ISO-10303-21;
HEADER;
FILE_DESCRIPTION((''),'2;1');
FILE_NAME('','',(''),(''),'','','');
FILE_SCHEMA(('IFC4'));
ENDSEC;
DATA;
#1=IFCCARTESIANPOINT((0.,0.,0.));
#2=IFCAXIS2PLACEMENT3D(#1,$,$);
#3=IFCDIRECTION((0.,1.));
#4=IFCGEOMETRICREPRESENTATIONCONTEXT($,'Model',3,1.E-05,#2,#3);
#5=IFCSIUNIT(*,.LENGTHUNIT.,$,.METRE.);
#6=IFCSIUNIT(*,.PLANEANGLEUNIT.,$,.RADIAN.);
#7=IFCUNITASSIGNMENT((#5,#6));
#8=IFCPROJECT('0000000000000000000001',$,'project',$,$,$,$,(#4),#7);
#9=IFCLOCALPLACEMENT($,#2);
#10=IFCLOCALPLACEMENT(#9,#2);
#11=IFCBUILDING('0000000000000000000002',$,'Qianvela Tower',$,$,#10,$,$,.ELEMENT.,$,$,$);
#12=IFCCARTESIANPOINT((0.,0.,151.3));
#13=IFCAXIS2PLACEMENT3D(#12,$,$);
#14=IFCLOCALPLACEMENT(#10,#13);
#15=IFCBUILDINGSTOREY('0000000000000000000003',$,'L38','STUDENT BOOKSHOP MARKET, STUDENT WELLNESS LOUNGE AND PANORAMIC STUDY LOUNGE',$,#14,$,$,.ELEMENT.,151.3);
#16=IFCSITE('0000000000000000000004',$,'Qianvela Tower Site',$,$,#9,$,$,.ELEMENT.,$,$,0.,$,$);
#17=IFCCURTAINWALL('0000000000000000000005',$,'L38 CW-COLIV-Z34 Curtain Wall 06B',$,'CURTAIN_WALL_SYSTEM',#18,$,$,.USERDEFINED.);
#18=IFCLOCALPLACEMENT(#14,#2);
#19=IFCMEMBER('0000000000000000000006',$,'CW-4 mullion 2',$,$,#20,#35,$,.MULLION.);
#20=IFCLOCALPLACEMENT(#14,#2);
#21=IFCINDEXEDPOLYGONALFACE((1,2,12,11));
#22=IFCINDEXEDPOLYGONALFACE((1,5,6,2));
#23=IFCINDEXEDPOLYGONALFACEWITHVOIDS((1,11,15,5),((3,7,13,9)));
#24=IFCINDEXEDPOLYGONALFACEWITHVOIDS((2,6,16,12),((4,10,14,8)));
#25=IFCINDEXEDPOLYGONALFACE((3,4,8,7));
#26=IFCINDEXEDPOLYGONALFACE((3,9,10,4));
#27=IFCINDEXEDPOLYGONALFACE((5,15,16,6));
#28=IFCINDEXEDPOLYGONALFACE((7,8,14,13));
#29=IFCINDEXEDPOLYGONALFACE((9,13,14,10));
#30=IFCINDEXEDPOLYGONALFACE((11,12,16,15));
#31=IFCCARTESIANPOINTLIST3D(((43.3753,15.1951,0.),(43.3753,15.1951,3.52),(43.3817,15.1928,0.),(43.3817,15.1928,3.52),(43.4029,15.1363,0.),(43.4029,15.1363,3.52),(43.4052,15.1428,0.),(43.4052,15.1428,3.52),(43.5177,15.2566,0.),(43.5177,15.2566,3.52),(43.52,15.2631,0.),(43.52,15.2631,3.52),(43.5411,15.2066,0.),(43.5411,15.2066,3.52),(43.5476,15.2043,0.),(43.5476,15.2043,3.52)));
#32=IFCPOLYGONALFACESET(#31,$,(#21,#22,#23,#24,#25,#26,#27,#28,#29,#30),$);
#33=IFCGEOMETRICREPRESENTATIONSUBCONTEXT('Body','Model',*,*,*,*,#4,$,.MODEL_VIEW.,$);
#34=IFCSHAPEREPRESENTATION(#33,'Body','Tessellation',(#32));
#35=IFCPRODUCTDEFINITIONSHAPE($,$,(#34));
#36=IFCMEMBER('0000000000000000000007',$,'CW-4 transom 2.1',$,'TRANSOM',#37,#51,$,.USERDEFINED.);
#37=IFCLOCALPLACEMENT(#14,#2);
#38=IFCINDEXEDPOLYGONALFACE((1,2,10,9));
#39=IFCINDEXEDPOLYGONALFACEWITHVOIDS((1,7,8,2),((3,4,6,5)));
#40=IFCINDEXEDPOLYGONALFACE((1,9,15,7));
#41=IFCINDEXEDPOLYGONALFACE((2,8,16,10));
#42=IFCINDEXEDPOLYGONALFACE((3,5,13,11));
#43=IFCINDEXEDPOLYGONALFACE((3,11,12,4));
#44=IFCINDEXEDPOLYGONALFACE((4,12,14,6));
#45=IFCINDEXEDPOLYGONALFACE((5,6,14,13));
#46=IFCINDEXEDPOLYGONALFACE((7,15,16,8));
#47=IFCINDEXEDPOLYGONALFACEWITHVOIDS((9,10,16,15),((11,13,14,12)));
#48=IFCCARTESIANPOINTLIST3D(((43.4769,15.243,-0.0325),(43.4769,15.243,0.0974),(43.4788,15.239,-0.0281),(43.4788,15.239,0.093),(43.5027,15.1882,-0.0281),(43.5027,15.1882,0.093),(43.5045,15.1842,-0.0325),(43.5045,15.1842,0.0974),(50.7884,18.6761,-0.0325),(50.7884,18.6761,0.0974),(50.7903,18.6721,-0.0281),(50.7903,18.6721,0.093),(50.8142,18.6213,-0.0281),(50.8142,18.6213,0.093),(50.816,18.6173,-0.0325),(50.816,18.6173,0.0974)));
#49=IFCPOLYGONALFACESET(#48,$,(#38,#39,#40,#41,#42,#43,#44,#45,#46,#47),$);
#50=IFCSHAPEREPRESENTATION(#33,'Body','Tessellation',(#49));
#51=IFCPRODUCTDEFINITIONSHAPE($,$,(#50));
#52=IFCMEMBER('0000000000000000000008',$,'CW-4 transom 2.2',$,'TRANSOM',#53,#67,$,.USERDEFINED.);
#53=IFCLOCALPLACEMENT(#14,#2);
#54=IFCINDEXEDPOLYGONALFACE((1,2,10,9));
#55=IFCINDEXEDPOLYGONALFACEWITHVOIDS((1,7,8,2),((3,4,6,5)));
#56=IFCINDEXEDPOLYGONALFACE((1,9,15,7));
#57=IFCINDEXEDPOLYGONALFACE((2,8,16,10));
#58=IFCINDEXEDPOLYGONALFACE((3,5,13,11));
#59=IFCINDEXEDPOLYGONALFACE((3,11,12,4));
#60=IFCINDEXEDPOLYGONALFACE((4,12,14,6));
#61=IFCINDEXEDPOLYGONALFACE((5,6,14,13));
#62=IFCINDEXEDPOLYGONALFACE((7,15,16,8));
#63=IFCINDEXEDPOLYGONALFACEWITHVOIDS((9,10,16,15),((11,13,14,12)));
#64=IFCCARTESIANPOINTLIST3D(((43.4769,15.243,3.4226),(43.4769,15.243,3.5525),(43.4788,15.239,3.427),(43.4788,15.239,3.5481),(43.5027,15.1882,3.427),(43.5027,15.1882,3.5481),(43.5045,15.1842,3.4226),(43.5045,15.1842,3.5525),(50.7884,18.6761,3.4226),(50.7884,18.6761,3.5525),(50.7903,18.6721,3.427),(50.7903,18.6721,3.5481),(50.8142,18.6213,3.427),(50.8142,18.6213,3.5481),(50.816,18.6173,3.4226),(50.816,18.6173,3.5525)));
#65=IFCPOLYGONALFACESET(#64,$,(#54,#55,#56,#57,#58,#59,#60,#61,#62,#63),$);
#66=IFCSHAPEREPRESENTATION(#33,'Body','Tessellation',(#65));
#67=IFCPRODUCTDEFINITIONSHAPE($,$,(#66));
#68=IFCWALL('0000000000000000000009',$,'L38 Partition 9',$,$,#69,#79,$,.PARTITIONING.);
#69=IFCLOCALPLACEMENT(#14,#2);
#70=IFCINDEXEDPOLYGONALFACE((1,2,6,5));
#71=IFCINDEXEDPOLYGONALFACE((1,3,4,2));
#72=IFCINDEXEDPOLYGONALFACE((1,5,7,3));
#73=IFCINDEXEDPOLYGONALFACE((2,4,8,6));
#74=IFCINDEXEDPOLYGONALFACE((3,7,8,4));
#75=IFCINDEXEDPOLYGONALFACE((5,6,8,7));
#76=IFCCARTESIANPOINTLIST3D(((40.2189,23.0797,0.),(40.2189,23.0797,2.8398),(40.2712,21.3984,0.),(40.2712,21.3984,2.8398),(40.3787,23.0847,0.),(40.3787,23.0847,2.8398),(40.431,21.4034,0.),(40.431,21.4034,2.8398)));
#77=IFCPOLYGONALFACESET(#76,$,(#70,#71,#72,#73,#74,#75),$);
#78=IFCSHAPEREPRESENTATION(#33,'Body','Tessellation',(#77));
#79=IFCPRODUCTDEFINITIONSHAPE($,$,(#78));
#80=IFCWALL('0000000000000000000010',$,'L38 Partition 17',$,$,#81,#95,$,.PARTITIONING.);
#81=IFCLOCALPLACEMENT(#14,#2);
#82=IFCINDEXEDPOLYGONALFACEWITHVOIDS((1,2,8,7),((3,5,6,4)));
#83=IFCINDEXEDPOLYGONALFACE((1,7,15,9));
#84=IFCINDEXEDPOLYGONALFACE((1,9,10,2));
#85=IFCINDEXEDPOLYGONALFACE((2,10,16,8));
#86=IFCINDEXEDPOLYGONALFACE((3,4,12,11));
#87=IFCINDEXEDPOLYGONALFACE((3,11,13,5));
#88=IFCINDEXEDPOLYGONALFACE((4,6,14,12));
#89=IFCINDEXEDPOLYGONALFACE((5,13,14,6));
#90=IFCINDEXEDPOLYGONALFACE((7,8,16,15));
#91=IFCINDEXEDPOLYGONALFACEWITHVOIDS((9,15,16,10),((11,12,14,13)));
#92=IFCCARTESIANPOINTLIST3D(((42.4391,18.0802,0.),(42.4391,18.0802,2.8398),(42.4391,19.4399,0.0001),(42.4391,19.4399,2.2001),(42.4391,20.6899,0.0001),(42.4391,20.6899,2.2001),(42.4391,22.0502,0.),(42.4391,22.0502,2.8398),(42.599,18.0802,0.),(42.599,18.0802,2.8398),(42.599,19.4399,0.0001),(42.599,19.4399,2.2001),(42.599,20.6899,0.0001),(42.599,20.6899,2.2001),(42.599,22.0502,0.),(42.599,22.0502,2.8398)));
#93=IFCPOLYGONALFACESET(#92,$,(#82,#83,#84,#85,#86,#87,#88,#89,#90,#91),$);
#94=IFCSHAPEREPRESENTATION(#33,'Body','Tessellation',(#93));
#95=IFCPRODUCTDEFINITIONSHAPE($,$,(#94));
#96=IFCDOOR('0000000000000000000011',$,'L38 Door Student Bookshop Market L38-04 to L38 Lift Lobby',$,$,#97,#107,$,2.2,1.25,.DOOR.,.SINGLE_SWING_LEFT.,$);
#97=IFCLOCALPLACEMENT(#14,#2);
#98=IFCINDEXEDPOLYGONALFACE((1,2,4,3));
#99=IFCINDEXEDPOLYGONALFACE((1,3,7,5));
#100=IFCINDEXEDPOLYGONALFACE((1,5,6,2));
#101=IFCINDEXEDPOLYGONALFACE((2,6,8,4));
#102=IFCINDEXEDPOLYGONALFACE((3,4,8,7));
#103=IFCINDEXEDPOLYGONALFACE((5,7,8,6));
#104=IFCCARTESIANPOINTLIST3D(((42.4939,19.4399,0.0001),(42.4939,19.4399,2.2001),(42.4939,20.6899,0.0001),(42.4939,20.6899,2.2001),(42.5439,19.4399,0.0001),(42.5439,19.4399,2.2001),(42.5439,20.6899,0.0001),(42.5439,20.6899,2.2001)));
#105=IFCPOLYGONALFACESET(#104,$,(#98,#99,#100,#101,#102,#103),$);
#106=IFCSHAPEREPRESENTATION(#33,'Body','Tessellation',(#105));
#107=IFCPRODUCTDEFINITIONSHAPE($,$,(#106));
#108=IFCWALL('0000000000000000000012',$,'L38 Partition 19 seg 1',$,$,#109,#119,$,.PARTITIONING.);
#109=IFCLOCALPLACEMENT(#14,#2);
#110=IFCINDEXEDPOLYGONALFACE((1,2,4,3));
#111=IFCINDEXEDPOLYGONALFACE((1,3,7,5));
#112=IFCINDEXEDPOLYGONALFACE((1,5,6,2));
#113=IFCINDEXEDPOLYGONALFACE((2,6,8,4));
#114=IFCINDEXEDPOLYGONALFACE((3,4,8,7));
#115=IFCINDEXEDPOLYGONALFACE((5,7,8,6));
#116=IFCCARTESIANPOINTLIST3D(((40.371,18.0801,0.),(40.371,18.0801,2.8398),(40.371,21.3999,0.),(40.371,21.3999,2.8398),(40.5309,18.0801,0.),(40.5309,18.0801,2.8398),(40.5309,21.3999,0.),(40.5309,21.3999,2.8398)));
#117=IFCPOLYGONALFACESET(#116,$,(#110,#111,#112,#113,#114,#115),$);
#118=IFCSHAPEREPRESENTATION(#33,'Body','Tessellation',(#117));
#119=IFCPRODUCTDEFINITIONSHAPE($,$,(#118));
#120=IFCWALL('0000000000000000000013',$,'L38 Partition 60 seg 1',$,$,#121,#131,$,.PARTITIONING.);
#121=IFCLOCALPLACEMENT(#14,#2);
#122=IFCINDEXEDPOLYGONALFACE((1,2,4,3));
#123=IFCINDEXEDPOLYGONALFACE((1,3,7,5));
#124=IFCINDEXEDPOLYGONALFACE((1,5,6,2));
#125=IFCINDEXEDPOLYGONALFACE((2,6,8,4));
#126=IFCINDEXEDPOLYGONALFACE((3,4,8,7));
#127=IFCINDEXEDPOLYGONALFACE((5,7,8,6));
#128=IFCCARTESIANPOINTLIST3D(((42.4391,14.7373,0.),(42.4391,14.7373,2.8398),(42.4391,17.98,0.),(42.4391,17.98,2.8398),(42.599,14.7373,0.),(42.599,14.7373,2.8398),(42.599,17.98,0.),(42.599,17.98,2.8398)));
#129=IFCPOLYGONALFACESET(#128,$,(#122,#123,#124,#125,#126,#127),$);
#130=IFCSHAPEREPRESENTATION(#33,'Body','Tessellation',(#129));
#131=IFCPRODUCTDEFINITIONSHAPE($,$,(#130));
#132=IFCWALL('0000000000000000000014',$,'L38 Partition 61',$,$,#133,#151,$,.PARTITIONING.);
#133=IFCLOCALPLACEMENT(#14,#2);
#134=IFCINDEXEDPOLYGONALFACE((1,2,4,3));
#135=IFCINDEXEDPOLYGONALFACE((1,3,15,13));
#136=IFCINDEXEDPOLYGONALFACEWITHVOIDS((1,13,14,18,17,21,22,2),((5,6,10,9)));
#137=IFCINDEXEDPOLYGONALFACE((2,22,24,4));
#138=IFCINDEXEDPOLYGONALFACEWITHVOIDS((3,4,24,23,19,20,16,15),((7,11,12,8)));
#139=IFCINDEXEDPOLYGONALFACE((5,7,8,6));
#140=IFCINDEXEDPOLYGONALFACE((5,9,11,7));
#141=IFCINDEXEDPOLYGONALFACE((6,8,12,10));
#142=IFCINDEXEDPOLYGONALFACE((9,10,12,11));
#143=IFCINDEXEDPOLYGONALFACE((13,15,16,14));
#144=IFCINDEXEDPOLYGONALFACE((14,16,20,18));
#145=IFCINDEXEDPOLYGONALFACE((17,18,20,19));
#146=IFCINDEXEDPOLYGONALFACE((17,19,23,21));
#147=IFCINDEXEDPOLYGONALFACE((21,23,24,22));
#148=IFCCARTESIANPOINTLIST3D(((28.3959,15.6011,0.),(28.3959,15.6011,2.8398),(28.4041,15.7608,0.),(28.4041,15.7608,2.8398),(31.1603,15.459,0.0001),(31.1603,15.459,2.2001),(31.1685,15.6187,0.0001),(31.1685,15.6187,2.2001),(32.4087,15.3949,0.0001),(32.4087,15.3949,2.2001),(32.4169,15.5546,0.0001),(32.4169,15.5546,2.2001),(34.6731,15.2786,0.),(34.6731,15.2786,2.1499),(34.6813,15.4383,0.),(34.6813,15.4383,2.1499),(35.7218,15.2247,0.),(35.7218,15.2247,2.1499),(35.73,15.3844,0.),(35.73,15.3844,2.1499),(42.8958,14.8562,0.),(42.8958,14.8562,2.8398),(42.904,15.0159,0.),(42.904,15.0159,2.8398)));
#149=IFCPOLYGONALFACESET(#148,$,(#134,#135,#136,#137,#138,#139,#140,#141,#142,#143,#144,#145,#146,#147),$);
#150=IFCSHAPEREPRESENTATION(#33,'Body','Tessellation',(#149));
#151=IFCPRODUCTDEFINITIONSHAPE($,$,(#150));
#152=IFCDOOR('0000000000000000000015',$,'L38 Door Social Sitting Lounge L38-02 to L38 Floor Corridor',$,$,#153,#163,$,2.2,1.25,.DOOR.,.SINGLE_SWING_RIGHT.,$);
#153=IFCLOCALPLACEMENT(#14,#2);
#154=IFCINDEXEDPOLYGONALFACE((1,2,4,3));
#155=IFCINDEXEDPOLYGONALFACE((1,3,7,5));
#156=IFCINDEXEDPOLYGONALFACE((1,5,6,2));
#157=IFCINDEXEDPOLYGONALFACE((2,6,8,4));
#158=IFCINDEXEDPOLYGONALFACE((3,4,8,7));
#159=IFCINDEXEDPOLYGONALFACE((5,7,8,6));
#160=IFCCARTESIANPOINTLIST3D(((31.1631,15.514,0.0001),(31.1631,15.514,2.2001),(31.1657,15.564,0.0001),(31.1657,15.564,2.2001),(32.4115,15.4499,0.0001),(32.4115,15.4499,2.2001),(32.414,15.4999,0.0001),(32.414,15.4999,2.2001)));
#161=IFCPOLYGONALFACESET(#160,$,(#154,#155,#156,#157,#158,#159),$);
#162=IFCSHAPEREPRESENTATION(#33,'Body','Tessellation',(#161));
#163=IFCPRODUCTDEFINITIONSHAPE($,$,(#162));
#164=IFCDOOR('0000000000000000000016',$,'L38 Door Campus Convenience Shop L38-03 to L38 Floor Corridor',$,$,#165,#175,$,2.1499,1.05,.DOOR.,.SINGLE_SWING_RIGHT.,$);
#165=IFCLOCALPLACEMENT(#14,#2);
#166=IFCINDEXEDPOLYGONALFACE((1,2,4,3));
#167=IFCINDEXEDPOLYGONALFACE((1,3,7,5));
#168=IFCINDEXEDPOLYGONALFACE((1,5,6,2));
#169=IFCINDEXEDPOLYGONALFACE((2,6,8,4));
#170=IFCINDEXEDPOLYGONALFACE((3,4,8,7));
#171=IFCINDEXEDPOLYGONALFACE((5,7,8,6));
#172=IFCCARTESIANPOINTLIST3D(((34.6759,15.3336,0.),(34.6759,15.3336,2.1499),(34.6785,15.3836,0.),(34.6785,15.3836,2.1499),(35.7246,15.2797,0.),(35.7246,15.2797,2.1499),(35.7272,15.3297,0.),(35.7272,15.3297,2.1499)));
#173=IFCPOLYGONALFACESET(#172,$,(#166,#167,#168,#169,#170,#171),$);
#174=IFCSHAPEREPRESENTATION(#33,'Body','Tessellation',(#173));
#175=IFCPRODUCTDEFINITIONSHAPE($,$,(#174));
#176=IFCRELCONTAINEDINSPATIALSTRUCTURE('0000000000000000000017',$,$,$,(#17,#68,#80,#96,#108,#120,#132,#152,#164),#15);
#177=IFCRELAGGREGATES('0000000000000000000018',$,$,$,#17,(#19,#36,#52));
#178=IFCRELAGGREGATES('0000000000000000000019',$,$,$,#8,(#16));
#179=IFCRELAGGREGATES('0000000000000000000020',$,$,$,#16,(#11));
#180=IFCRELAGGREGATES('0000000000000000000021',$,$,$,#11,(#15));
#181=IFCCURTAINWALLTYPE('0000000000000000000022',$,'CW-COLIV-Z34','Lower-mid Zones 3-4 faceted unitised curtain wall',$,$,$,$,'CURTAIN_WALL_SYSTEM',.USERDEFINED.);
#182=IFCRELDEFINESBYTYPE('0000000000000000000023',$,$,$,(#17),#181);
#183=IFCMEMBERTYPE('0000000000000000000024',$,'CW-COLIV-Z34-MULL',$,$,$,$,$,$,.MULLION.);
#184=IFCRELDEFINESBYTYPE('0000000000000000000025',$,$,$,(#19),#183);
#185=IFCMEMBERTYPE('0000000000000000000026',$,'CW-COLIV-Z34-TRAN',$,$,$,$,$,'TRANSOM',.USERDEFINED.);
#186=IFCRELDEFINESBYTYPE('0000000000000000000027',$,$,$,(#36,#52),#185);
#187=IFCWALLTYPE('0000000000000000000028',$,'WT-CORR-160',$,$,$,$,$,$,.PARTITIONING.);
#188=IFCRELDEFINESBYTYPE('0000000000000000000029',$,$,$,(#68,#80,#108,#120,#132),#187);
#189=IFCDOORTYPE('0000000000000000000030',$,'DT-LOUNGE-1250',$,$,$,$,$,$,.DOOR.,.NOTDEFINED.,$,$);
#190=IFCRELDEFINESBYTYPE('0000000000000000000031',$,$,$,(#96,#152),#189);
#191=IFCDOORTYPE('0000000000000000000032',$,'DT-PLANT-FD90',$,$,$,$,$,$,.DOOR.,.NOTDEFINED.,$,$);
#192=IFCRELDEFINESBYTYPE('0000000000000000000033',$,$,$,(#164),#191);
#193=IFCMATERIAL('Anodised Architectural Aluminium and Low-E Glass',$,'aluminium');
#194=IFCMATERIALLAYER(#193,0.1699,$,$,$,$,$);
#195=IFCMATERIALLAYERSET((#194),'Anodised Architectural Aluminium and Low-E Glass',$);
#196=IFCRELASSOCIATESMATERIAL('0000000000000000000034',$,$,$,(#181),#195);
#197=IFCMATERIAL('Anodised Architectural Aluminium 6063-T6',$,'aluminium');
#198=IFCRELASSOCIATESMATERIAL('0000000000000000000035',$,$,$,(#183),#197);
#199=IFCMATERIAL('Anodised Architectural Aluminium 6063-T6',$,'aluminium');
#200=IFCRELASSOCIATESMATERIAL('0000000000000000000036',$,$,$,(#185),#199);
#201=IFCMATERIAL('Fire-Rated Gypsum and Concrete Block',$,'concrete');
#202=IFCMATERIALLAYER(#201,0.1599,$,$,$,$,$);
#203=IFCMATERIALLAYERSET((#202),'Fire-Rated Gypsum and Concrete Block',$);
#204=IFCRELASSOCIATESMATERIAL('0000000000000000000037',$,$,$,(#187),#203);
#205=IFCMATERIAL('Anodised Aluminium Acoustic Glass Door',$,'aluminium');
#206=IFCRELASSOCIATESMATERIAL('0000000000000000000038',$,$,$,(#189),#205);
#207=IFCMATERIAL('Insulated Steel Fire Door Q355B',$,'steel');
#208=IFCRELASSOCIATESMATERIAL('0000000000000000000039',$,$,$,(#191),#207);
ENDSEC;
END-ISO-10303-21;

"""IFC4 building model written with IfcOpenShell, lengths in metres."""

from ifc_helpers import new_model, si_unit, direction, frame, frame_2d, origin, origin_2d, place, context, subcontext, project, spatial, rectangle, hollow_rectangle, extrude, material, layer, layer_set, material_profile, profile_set, type_object, element, fill, aggregate, save


model = new_model("IFC4")

# Units and contexts
model_context = context("Model", 3, precision=1e-05, world=origin(), true_north=direction((0.0, 1.0)))
body_context = subcontext(model_context, "Body", "Model", "MODEL_VIEW")
ifc_project = project(units=[si_unit("LENGTHUNIT", "METRE"), si_unit("PLANEANGLEUNIT", "RADIAN")], contexts=[model_context])

# Site, building, storey
site_placement = place(None, origin())
site = spatial("IfcSite", under=ifc_project, at=site_placement, Name="Qianvela Tower Site", CompositionType="ELEMENT", RefElevation=0.0)
building_placement = place(site_placement, origin())
building = spatial("IfcBuilding", under=site, at=building_placement, Name="Qianvela Tower", CompositionType="ELEMENT")
storey_placement = place(building_placement, frame((0.0, 0.0, 151.3)))
storey = spatial("IfcBuildingStorey", under=building, at=storey_placement, Name="L38", Description="STUDENT BOOKSHOP MARKET, STUDENT WELLNESS LOUNGE AND PANORAMIC STUDY LOUNGE", CompositionType="ELEMENT", Elevation=151.3)

# Curtain wall, members
ifc_material_1 = material(Name="Anodised Architectural Aluminium and Low-E Glass", Category="aluminium")
ifc_layer_1 = layer(ifc_material_1, 0.1699)
ifc_layer_set_1 = layer_set([ifc_layer_1], Name="Anodised Architectural Aluminium and Low-E Glass")
curtain_wall_type = type_object("IfcCurtainWallType", Name="CW-COLIV-Z34", Description="Lower-mid Zones 3-4 faceted unitised curtain wall", ElementType="CURTAIN_WALL_SYSTEM", PredefinedType="USERDEFINED", material=ifc_layer_set_1)
curtain_wall_placement = place(storey_placement, origin())
curtain_wall = element("IfcCurtainWall", 1, at=curtain_wall_placement, inside=storey, type_object=curtain_wall_type, Name="L38 CW-COLIV-Z34 Curtain Wall 06B", ObjectType="CURTAIN_WALL_SYSTEM", PredefinedType="USERDEFINED")
ifc_material_2 = material(Name="Anodised Architectural Aluminium 6063-T6", Category="aluminium")
ifc_material_profile_1 = material_profile(ifc_material_2, hollow_rectangle(XDim=0.0649, YDim=0.1599, WallThickness=0.0049, at=origin_2d()), Name="ALU-MULL-65x160")
ifc_profile_set_1 = profile_set([ifc_material_profile_1], Name="Anodised Architectural Aluminium 6063-T6")
member_type_1 = type_object("IfcMemberType", Name="CW-COLIV-Z34-MULL", PredefinedType="MULLION", material=ifc_profile_set_1)
member_1_placement = place(storey_placement, frame((43.4614, 15.1997, 0.0), z_axis=(0.0, 0.0, 1.0), x_axis=(-0.425035, 0.905177, 0.0)))
member_1 = element("IfcMember", 2, at=member_1_placement, type_object=member_type_1, Name="CW-4 mullion 2", PredefinedType="MULLION", context=body_context, shape_type="SweptSolid", body=[
    extrude(hollow_rectangle(XDim=0.0649, YDim=0.1599, WallThickness=0.0049, at=origin_2d()), origin(), (0.0, 0.0, 1.0), 3.52),
])
ifc_material_3 = material(Name="Anodised Architectural Aluminium 6063-T6", Category="aluminium")
ifc_material_profile_2 = material_profile(ifc_material_3, hollow_rectangle(XDim=0.0649, YDim=0.1299, WallThickness=0.0044, at=origin_2d()), Name="ALU-TRAN-65x130")
ifc_profile_set_2 = profile_set([ifc_material_profile_2], Name="Anodised Architectural Aluminium 6063-T6")
member_type_2 = type_object("IfcMemberType", Name="CW-COLIV-Z34-TRAN", ElementType="TRANSOM", PredefinedType="USERDEFINED", material=ifc_profile_set_2)
member_2_placement = place(storey_placement, frame((43.4907, 15.2136, 0.0325), z_axis=(0.905181, 0.425025, 0.0), x_axis=(-0.425025, 0.905181, 0.0)))
member_2 = element("IfcMember", 3, at=member_2_placement, type_object=member_type_2, Name="CW-4 transom 2.1", ObjectType="TRANSOM", PredefinedType="USERDEFINED", context=body_context, shape_type="SweptSolid", body=[
    extrude(hollow_rectangle(XDim=0.0649, YDim=0.1299, WallThickness=0.0044, at=origin_2d()), origin(), (0.0, 0.0, 1.0), 8.0774),
])
member_3_placement = place(storey_placement, frame((43.4907, 15.2136, 3.4875), z_axis=(0.905181, 0.425025, 0.0), x_axis=(-0.425025, 0.905181, 0.0)))
member_3 = element("IfcMember", 4, at=member_3_placement, type_object=member_type_2, Name="CW-4 transom 2.2", ObjectType="TRANSOM", PredefinedType="USERDEFINED", context=body_context, shape_type="SweptSolid", body=[
    extrude(hollow_rectangle(XDim=0.0649, YDim=0.1299, WallThickness=0.0044, at=origin_2d()), origin(), (0.0, 0.0, 1.0), 8.0774),
])
aggregate(curtain_wall, [member_1, member_2, member_3])

# Wall
ifc_material_4 = material(Name="Fire-Rated Gypsum and Concrete Block", Category="concrete")
ifc_layer_2 = layer(ifc_material_4, 0.1599)
ifc_layer_set_2 = layer_set([ifc_layer_2], Name="Fire-Rated Gypsum and Concrete Block")
wall_type_1 = type_object("IfcWallType", Name="WT-CORR-160", PredefinedType="PARTITIONING", material=ifc_layer_set_2)
wall_1_placement = place(storey_placement, frame((40.3511, 21.4009, 0.0), z_axis=(0.0, 0.0, 1.0), x_axis=(-0.031058, 0.999518, 0.0)))
element("IfcWall", 5, at=wall_1_placement, inside=storey, type_object=wall_type_1, Name="L38 Partition 9", PredefinedType="PARTITIONING", context=body_context, shape_type="SweptSolid", body=[
    extrude(rectangle(XDim=1.6821, YDim=0.1599, at=frame_2d((0.8411, 0.0))), origin(), (0.0, 0.0, 1.0), 2.8398),
])

# Wall, opening, door
wall_2_placement = place(storey_placement, frame((42.519, 22.05, 0.0), z_axis=(0.0, 0.0, 1.0), x_axis=(0.0, -1.0, 0.0)))
wall_2 = element("IfcWall", 6, at=wall_2_placement, inside=storey, type_object=wall_type_1, Name="L38 Partition 17", PredefinedType="PARTITIONING", context=body_context, shape_type="SweptSolid", body=[
    extrude(rectangle(XDim=3.97, YDim=0.1599, at=frame_2d((1.9849, 0.0))), origin(), (0.0, 0.0, 1.0), 2.8398),
])
opening_1_placement = place(wall_2_placement, frame((1.3601, 0.0, 0.0)))
opening_1 = element("IfcOpeningElement", 7, at=opening_1_placement, cuts=wall_2, PredefinedType="OPENING", context=body_context, shape_type="SweptSolid", body=[
    extrude(rectangle(XDim=1.25, YDim=2.2, at=frame_2d((0.625, 1.1001))), frame((0.0, 0.0898, 0.0), z_axis=(0.0, -1.0, 0.0), x_axis=(1.0, 0.0, 0.0)), (0.0, 0.0, 1.0), 0.1799),
])
ifc_material_5 = material(Name="Anodised Aluminium Acoustic Glass Door", Category="aluminium")
door_type_1 = type_object("IfcDoorType", Name="DT-LOUNGE-1250", OperationType="NOTDEFINED", PredefinedType="DOOR", material=ifc_material_5)
door_1_placement = place(opening_1_placement, origin())
door_1 = element("IfcDoor", 8, at=door_1_placement, inside=storey, type_object=door_type_1, Name="L38 Door Student Bookshop Market L38-04 to L38 Lift Lobby", OperationType="SINGLE_SWING_LEFT", OverallHeight=2.2, OverallWidth=1.25, PredefinedType="DOOR", context=body_context, shape_type="SweptSolid", body=[
    extrude(rectangle(XDim=1.25, YDim=2.2, at=frame_2d((0.625, 1.1001))), frame((0.0, 0.0249, 0.0), z_axis=(0.0, -1.0, 0.0), x_axis=(1.0, 0.0, 0.0)), (0.0, 0.0, 1.0), 0.05),
])
fill(opening_1, door_1)

# Walls
wall_3_placement = place(storey_placement, frame((40.4509, 18.0801, 0.0), z_axis=(0.0, 0.0, 1.0), x_axis=(0.0, 1.0, 0.0)))
element("IfcWall", 9, at=wall_3_placement, inside=storey, type_object=wall_type_1, Name="L38 Partition 19 seg 1", PredefinedType="PARTITIONING", context=body_context, shape_type="SweptSolid", body=[
    extrude(rectangle(XDim=3.3198, YDim=0.1599, at=frame_2d((1.6599, 0.0))), origin(), (0.0, 0.0, 1.0), 2.8398),
])
wall_4_placement = place(storey_placement, frame((42.519, 17.98, 0.0), z_axis=(0.0, 0.0, 1.0), x_axis=(0.0, -1.0, 0.0)))
element("IfcWall", 10, at=wall_4_placement, inside=storey, type_object=wall_type_1, Name="L38 Partition 60 seg 1", PredefinedType="PARTITIONING", context=body_context, shape_type="SweptSolid", body=[
    extrude(rectangle(XDim=3.2427, YDim=0.1599, at=frame_2d((1.6213, 0.0))), origin(), (0.0, 0.0, 1.0), 2.8398),
])

# Wall, openings, doors
wall_5_placement = place(storey_placement, frame((42.8999, 14.936, 0.0), z_axis=(0.0, 0.0, 1.0), x_axis=(-0.998683, 0.051303, 0.0)))
wall_5 = element("IfcWall", 11, at=wall_5_placement, inside=storey, type_object=wall_type_1, Name="L38 Partition 61", PredefinedType="PARTITIONING", context=body_context, shape_type="SweptSolid", body=[
    extrude(rectangle(XDim=14.519, YDim=0.1599, at=frame_2d((7.2595, 0.0))), origin(), (0.0, 0.0, 1.0), 2.8398),
])
opening_2_placement = place(wall_5_placement, frame((10.501, 0.0, 0.0)))
opening_2 = element("IfcOpeningElement", 12, at=opening_2_placement, cuts=wall_5, PredefinedType="OPENING", context=body_context, shape_type="SweptSolid", body=[
    extrude(rectangle(XDim=1.25, YDim=2.2, at=frame_2d((0.625, 1.1001))), frame((0.0, 0.0898, 0.0), z_axis=(0.0, -1.0, 0.0), x_axis=(1.0, 0.0, 0.0)), (0.0, 0.0, 1.0), 0.1799),
])
opening_3_placement = place(wall_5_placement, frame((7.1836, 0.0, 0.0)))
opening_3 = element("IfcOpeningElement", 13, at=opening_3_placement, cuts=wall_5, PredefinedType="OPENING", context=body_context, shape_type="SweptSolid", body=[
    extrude(rectangle(XDim=1.05, YDim=2.1499, at=frame_2d((0.5249, 1.075))), frame((0.0, 0.0898, 0.0), z_axis=(0.0, -1.0, 0.0), x_axis=(1.0, 0.0, 0.0)), (0.0, 0.0, 1.0), 0.1799),
])
door_2_placement = place(opening_2_placement, origin())
door_2 = element("IfcDoor", 14, at=door_2_placement, inside=storey, type_object=door_type_1, Name="L38 Door Social Sitting Lounge L38-02 to L38 Floor Corridor", OperationType="SINGLE_SWING_RIGHT", OverallHeight=2.2, OverallWidth=1.25, PredefinedType="DOOR", context=body_context, shape_type="SweptSolid", body=[
    extrude(rectangle(XDim=1.25, YDim=2.2, at=frame_2d((0.625, 1.1001))), frame((0.0, 0.0249, 0.0), z_axis=(0.0, -1.0, 0.0), x_axis=(1.0, 0.0, 0.0)), (0.0, 0.0, 1.0), 0.05),
])
fill(opening_2, door_2)
ifc_material_6 = material(Name="Insulated Steel Fire Door Q355B", Category="steel")
door_type_2 = type_object("IfcDoorType", Name="DT-PLANT-FD90", OperationType="NOTDEFINED", PredefinedType="DOOR", material=ifc_material_6)
door_3_placement = place(opening_3_placement, origin())
door_3 = element("IfcDoor", 15, at=door_3_placement, inside=storey, type_object=door_type_2, Name="L38 Door Campus Convenience Shop L38-03 to L38 Floor Corridor", OperationType="SINGLE_SWING_RIGHT", OverallHeight=2.1499, OverallWidth=1.05, PredefinedType="DOOR", context=body_context, shape_type="SweptSolid", body=[
    extrude(rectangle(XDim=1.05, YDim=2.1499, at=frame_2d((0.5249, 1.075))), frame((0.0, 0.0249, 0.0), z_axis=(0.0, -1.0, 0.0), x_axis=(1.0, 0.0, 0.0)), (0.0, 0.0, 1.0), 0.05),
])
fill(opening_3, door_3)

save(model, "model.ifc")
